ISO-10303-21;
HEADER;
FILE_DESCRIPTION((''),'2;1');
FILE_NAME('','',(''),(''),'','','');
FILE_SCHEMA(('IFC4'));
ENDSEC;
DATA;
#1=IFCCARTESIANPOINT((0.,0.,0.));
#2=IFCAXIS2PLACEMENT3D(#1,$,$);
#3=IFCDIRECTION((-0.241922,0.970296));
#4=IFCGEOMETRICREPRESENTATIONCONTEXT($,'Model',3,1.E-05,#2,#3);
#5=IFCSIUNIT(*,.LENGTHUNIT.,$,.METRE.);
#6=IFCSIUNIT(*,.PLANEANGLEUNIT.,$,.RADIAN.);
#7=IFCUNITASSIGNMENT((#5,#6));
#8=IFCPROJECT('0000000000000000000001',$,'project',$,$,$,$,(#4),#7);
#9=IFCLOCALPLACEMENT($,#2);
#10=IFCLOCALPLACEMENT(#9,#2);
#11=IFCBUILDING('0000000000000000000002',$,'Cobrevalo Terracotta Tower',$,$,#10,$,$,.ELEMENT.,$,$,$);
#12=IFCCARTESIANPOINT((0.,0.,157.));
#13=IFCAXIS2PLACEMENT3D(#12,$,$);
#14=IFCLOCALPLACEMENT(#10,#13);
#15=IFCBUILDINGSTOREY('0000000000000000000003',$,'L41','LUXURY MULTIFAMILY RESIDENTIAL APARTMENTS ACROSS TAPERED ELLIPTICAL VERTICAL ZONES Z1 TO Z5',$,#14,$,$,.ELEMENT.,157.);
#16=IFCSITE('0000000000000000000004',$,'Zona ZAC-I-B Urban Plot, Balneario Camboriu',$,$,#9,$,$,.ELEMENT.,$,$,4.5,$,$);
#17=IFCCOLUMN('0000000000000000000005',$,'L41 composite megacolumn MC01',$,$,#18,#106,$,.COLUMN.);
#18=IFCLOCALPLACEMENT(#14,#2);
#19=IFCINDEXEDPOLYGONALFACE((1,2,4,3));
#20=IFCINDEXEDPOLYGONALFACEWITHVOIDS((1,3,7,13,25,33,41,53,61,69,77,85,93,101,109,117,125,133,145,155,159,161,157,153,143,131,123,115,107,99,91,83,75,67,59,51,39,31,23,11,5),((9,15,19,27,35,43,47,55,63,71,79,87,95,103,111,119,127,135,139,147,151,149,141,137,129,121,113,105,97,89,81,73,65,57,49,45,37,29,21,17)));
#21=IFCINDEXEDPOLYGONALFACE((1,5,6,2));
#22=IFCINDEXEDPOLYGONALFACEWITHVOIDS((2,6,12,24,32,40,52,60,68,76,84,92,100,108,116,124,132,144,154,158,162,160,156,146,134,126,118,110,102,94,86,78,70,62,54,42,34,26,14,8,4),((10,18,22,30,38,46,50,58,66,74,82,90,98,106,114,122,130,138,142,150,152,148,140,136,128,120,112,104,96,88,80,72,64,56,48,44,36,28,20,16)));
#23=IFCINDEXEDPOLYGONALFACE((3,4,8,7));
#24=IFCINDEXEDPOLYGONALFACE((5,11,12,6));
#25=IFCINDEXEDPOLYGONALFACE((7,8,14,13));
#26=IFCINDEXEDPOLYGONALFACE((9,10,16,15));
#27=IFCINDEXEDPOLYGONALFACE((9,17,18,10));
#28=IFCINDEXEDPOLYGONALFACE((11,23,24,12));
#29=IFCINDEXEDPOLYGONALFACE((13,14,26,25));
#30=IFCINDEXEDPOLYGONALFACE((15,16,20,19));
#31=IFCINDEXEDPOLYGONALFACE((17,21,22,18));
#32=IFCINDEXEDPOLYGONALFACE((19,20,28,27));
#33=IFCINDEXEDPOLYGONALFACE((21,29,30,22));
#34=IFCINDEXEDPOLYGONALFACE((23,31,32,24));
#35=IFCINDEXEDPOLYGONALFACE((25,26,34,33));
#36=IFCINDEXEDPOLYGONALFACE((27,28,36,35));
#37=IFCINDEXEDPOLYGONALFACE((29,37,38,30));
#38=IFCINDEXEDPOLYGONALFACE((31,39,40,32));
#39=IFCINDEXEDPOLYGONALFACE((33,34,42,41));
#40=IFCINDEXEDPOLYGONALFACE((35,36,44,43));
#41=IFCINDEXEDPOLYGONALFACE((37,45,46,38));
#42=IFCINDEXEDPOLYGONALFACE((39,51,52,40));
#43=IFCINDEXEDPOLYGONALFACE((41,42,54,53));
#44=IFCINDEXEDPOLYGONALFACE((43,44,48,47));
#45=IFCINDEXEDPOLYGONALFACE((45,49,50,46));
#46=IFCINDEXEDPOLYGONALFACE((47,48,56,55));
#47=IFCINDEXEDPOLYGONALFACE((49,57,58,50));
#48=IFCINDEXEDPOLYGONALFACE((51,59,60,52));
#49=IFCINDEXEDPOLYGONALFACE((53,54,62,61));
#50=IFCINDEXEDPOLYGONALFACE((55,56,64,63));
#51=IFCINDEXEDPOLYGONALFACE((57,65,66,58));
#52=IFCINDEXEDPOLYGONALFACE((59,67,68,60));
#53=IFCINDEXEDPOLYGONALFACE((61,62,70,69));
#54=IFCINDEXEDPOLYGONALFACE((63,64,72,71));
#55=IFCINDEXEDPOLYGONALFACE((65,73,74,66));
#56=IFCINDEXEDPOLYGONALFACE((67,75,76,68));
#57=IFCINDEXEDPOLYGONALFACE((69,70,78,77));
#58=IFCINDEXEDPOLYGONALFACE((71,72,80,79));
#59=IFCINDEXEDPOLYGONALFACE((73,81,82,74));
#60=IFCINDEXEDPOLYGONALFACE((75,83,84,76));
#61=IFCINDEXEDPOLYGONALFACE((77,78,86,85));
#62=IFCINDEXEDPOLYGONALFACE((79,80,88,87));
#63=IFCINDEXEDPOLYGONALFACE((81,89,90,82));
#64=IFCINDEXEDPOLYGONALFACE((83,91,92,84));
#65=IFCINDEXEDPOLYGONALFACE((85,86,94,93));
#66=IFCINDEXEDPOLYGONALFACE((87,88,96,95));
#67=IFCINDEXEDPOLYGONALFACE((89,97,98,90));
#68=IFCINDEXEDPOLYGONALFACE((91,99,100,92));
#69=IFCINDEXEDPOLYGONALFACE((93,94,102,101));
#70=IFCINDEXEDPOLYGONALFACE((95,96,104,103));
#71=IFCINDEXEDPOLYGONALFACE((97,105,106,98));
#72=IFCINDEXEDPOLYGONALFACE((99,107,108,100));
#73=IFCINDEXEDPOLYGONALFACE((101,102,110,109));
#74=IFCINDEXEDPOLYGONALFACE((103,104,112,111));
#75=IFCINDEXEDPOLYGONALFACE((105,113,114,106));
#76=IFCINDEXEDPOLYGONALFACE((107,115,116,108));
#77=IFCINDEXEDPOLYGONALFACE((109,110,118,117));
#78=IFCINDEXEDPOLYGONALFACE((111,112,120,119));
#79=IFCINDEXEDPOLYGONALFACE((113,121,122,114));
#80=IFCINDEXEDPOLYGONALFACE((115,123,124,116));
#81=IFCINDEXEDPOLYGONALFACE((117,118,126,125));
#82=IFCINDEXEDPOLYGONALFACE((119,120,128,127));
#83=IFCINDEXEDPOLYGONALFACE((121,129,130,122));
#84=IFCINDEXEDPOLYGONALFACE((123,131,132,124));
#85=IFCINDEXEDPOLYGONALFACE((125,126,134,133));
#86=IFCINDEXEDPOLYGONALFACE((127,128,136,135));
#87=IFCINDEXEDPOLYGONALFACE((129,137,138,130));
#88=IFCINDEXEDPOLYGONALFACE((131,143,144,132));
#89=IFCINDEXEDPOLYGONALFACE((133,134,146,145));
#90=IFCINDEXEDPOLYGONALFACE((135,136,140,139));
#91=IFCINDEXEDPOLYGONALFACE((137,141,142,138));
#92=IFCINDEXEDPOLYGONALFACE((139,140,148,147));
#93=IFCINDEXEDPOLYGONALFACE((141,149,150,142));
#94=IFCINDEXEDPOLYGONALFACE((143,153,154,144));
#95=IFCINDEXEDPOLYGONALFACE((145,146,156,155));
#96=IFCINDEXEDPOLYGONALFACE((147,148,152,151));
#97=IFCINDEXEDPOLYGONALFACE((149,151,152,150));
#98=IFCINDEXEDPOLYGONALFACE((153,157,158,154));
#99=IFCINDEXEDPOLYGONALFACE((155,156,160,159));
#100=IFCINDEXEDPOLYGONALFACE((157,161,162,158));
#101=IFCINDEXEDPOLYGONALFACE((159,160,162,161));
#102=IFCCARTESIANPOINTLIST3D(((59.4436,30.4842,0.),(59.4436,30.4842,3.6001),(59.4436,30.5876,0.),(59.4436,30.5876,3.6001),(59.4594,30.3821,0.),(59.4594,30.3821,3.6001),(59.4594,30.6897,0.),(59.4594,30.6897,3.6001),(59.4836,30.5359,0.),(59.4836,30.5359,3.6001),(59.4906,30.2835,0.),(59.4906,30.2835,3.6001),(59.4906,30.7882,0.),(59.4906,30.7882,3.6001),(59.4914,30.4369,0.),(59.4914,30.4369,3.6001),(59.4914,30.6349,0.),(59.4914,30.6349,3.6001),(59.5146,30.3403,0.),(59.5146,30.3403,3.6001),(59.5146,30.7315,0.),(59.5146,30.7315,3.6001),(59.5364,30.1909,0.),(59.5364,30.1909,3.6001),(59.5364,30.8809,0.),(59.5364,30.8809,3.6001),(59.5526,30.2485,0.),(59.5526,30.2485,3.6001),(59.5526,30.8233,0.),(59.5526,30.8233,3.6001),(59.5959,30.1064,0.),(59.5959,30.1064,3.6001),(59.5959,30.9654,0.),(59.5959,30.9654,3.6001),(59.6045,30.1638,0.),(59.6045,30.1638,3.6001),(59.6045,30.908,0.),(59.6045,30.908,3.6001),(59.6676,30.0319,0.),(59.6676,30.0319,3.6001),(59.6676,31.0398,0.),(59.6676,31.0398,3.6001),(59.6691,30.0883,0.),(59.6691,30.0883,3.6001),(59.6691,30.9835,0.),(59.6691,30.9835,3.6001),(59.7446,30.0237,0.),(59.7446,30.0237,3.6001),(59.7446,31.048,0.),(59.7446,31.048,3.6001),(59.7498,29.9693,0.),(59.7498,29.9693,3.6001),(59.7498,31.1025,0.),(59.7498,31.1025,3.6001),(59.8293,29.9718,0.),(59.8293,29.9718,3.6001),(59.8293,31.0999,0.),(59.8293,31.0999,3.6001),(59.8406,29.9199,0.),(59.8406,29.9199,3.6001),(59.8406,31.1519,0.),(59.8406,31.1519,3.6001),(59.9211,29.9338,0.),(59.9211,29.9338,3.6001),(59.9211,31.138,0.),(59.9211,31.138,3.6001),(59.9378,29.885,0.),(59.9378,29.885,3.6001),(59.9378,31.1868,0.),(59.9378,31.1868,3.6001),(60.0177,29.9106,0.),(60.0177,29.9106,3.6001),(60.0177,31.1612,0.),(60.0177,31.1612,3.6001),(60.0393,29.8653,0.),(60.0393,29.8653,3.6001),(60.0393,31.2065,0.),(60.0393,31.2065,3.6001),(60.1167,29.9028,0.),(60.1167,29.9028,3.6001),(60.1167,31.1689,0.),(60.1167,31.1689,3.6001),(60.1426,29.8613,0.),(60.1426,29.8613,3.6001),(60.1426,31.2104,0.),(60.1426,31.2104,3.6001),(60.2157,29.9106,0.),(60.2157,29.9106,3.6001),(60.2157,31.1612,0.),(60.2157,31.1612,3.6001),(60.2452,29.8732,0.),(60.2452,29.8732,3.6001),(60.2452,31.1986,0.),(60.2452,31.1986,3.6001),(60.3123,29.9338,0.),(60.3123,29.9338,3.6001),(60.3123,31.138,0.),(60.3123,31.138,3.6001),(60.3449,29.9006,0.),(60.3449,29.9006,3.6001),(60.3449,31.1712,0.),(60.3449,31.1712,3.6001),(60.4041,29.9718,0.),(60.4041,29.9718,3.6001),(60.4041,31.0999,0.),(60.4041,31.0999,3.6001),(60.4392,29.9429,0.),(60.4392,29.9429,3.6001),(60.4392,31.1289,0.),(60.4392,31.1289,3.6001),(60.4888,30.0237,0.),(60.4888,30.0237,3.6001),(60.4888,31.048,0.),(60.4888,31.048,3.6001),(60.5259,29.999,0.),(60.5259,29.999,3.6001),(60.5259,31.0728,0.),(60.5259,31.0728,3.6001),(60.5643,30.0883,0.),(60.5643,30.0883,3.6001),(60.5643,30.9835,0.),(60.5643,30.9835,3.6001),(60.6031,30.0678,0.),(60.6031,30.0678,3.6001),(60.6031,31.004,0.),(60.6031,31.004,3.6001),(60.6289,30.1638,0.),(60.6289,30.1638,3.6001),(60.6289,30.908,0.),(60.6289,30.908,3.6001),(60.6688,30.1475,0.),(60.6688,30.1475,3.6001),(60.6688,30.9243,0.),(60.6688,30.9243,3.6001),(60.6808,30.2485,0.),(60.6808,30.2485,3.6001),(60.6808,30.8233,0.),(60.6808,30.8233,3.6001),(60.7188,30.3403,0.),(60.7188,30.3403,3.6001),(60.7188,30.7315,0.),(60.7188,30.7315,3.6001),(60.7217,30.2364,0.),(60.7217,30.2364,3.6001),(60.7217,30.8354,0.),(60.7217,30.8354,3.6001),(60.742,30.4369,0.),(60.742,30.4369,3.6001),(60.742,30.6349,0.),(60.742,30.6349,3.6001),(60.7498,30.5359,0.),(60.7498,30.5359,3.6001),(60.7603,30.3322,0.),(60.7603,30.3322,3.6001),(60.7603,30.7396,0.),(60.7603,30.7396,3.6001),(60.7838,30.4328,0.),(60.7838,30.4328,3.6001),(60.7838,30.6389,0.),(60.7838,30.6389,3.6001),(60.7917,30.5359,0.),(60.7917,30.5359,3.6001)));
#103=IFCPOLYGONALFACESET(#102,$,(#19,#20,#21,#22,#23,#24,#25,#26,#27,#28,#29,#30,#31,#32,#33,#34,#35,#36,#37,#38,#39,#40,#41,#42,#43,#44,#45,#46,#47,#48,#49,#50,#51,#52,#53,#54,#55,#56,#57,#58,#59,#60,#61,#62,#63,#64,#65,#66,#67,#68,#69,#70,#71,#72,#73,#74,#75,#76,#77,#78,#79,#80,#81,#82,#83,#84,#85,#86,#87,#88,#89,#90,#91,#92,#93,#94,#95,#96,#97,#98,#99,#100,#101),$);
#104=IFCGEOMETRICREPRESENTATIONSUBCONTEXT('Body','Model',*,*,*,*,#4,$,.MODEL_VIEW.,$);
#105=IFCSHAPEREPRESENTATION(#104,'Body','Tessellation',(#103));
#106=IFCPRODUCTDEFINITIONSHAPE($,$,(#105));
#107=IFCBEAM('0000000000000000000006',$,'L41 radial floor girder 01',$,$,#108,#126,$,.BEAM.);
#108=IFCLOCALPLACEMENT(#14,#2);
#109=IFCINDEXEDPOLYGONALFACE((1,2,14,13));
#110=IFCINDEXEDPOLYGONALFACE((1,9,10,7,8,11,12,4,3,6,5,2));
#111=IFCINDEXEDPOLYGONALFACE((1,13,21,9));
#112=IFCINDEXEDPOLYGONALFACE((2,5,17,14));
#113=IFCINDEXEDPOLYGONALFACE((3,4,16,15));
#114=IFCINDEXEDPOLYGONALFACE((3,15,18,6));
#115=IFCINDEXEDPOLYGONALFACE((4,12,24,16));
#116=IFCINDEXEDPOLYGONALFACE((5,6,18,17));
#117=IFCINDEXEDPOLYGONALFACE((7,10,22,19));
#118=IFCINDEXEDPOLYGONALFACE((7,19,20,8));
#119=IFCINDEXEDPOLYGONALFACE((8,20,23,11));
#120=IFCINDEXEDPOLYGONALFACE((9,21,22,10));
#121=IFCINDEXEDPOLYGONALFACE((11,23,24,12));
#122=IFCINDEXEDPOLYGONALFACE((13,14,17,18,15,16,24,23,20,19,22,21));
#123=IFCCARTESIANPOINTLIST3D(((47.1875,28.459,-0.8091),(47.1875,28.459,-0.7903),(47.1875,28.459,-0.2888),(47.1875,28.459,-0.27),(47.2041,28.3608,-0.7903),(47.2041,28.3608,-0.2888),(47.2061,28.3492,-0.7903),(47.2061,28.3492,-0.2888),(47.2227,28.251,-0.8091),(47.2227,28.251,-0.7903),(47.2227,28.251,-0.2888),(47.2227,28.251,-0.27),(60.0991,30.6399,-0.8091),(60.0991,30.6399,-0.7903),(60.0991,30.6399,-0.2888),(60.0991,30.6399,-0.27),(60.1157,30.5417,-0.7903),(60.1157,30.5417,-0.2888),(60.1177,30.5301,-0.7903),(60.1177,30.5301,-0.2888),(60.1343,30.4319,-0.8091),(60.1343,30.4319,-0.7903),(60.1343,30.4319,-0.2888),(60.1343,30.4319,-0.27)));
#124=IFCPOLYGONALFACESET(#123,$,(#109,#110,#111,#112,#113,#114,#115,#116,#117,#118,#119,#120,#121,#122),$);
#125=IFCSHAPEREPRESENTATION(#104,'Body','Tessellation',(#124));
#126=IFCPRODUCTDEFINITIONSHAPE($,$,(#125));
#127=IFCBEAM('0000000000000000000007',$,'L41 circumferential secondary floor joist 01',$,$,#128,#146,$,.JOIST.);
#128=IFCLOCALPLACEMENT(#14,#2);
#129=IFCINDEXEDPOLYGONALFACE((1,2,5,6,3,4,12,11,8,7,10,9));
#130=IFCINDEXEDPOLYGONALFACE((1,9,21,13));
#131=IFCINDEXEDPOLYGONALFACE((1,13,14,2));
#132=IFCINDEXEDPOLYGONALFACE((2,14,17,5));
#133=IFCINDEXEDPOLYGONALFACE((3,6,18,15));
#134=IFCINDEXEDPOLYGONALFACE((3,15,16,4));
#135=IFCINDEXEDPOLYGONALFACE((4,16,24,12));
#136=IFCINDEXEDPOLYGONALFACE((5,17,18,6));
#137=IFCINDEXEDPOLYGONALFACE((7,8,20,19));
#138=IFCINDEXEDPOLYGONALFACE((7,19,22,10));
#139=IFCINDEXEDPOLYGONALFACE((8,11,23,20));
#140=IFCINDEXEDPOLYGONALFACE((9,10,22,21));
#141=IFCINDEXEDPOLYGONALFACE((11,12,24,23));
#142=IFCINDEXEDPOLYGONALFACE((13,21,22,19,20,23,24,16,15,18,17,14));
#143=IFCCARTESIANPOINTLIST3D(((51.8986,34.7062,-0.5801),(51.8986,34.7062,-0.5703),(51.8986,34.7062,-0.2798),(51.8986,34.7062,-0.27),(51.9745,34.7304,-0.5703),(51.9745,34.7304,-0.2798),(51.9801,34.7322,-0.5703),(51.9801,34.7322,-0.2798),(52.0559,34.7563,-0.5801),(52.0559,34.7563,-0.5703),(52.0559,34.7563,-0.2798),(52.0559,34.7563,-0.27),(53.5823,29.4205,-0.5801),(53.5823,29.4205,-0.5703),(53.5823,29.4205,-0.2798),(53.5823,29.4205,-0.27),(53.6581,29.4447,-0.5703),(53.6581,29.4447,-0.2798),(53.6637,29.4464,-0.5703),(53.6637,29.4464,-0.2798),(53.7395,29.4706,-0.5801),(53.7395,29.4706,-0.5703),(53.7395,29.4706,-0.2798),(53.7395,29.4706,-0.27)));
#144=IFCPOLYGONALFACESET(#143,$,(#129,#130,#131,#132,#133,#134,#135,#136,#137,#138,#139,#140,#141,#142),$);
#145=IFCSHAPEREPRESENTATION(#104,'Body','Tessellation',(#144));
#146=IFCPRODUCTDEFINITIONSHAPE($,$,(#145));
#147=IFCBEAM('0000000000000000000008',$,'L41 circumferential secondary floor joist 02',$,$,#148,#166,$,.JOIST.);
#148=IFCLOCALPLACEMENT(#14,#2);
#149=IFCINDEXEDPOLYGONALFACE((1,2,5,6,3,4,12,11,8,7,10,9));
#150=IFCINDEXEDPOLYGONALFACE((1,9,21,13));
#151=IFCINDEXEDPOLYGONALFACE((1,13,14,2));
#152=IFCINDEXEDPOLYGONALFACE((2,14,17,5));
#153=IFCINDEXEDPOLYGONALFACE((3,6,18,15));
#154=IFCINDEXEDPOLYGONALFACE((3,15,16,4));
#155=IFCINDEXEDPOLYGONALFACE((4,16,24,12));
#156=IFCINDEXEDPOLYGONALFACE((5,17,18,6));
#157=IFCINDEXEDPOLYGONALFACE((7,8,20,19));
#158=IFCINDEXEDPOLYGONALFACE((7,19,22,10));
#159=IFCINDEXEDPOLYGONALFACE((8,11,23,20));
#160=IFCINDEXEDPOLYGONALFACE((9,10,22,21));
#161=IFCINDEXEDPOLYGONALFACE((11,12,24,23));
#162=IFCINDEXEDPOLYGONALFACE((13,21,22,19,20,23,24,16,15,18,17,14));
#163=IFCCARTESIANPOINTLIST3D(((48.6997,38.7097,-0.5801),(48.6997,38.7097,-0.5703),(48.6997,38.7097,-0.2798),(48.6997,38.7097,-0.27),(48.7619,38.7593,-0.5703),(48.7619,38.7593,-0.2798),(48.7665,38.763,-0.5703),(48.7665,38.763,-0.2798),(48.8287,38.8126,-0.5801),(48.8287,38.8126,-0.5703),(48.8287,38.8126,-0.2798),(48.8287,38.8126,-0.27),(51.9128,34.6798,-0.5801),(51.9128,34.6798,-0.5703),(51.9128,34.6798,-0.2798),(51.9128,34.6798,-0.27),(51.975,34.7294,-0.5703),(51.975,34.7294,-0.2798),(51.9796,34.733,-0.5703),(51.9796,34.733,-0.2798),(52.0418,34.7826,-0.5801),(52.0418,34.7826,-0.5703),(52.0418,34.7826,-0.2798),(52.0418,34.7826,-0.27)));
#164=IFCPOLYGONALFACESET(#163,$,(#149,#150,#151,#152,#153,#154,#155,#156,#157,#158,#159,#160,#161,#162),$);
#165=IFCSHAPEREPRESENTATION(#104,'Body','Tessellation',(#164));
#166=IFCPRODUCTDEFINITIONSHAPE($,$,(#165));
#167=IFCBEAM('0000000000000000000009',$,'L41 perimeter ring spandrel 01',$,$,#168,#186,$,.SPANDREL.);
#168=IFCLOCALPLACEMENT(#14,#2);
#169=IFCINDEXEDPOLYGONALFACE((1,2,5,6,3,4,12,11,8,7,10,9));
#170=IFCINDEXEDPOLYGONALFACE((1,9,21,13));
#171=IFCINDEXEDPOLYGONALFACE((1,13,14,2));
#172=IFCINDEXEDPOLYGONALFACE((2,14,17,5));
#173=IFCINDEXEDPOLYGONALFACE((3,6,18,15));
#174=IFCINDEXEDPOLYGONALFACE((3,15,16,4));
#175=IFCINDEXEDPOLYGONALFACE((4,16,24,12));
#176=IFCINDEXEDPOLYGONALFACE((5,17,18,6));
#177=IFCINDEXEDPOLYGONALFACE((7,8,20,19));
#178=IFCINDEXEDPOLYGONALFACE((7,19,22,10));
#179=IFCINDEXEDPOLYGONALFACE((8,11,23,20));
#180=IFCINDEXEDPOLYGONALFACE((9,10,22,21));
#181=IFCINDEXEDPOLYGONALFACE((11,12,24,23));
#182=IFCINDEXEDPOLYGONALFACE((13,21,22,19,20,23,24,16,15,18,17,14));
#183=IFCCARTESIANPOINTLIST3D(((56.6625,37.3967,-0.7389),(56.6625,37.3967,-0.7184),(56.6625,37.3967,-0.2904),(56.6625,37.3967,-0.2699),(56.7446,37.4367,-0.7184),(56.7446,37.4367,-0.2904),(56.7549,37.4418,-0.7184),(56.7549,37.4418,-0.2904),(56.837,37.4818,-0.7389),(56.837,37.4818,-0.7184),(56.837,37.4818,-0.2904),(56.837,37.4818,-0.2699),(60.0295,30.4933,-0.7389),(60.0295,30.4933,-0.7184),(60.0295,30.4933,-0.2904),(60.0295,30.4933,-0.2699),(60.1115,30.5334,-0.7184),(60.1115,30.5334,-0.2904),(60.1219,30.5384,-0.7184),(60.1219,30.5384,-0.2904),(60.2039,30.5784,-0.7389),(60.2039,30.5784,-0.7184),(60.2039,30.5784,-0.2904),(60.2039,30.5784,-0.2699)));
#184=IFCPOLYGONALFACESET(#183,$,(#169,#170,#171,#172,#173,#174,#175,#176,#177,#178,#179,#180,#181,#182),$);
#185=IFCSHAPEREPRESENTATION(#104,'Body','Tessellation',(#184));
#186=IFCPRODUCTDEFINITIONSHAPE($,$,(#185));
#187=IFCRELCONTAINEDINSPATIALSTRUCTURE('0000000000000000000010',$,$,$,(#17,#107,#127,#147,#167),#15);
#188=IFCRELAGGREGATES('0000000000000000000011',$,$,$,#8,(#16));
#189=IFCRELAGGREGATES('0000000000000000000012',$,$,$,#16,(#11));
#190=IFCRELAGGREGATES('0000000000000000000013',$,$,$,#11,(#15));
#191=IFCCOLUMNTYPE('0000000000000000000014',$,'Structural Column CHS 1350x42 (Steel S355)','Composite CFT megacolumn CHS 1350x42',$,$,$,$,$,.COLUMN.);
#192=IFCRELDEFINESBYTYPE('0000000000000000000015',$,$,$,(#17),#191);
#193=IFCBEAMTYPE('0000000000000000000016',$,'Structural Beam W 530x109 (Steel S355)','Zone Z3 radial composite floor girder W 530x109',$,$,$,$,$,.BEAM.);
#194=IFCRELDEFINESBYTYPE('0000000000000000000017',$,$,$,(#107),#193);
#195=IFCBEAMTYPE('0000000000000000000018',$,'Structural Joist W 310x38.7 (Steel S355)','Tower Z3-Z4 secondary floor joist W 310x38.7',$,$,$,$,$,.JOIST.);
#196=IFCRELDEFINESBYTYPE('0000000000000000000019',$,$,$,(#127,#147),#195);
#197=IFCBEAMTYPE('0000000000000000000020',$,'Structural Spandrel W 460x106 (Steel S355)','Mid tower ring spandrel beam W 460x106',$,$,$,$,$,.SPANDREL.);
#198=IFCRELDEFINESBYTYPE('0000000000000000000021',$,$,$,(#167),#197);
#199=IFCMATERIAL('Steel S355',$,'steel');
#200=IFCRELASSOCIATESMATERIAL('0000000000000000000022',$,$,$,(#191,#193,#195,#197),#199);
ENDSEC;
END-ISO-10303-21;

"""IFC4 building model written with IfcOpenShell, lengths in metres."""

from ifc_helpers import new_model, si_unit, direction, frame, origin, origin_2d, place, context, subcontext, project, spatial, hollow_circle, i_section, extrude, material, material_profile, profile_set, type_object, element, save


model = new_model("IFC4")

# Units and contexts
model_context = context("Model", 3, precision=1e-05, world=origin(), true_north=direction((-0.241922, 0.970296)))
body_context = subcontext(model_context, "Body", "Model", "MODEL_VIEW")
ifc_project = project(units=[si_unit("LENGTHUNIT", "METRE"), si_unit("PLANEANGLEUNIT", "RADIAN")], contexts=[model_context])

# Site, building, storey
site_placement = place(None, origin())
site = spatial("IfcSite", under=ifc_project, at=site_placement, Name="Zona ZAC-I-B Urban Plot, Balneario Camboriu", CompositionType="ELEMENT", RefElevation=4.5)
building_placement = place(site_placement, origin())
building = spatial("IfcBuilding", under=site, at=building_placement, Name="Cobrevalo Terracotta Tower", CompositionType="ELEMENT")
storey_placement = place(building_placement, frame((0.0, 0.0, 157.0)))
storey = spatial("IfcBuildingStorey", under=building, at=storey_placement, Name="L41", Description="LUXURY MULTIFAMILY RESIDENTIAL APARTMENTS ACROSS TAPERED ELLIPTICAL VERTICAL ZONES Z1 TO Z5", CompositionType="ELEMENT", Elevation=157.0)

# Column
ifc_material_1 = material(Name="Steel S355", Category="steel")
ifc_material_profile_1 = material_profile(ifc_material_1, hollow_circle(Radius=0.675, WallThickness=0.042, at=origin_2d()), Name="CHS 1350x42")
ifc_profile_set_1 = profile_set([ifc_material_profile_1], Name="Steel S355")
column_type = type_object("IfcColumnType", Name="Structural Column CHS 1350x42 (Steel S355)", Description="Composite CFT megacolumn CHS 1350x42", PredefinedType="COLUMN", material=ifc_profile_set_1)
column_placement = place(storey_placement, frame((60.1167, 30.5359, 0.0), z_axis=(0.0, 0.0, 1.0), x_axis=(1.0, 0.0, 0.0)))
element("IfcColumn", 1, at=column_placement, inside=storey, type_object=column_type, Name="L41 composite megacolumn MC01", PredefinedType="COLUMN", context=body_context, shape_type="SweptSolid", body=[
    extrude(hollow_circle(Radius=0.675, WallThickness=0.042, at=origin_2d()), origin(), (0.0, 0.0, 1.0), 3.6001),
])

# Beams
ifc_material_profile_2 = material_profile(ifc_material_1, i_section(OverallWidth=0.2109, OverallDepth=0.5391, WebThickness=0.0117, FlangeThickness=0.0188, at=origin_2d()), Name="W 530x109")
ifc_profile_set_2 = profile_set([ifc_material_profile_2], Name="Steel S355")
beam_type_1 = type_object("IfcBeamType", Name="Structural Beam W 530x109 (Steel S355)", Description="Zone Z3 radial composite floor girder W 530x109", PredefinedType="BEAM", material=ifc_profile_set_2)
beam_1_placement = place(storey_placement, frame((60.1167, 30.5359, -0.5396), z_axis=(-0.986033, -0.166551, 0.0), x_axis=(0.166551, -0.986033, 0.0)))
element("IfcBeam", 2, at=beam_1_placement, inside=storey, type_object=beam_type_1, Name="L41 radial floor girder 01", PredefinedType="BEAM", context=body_context, shape_type="SweptSolid", body=[
    extrude(i_section(OverallWidth=0.2109, OverallDepth=0.5391, WebThickness=0.0117, FlangeThickness=0.0188, at=origin_2d()), origin(), (0.0, 0.0, 1.0), 13.0945),
])
ifc_material_profile_3 = material_profile(ifc_material_1, i_section(OverallWidth=0.165, OverallDepth=0.3101, WebThickness=0.0059, FlangeThickness=0.0098, at=origin_2d()), Name="W 310x38.7")
ifc_profile_set_3 = profile_set([ifc_material_profile_3], Name="Steel S355")
beam_type_2 = type_object("IfcBeamType", Name="Structural Joist W 310x38.7 (Steel S355)", Description="Tower Z3-Z4 secondary floor joist W 310x38.7", PredefinedType="JOIST", material=ifc_profile_set_3)
beam_2_placement = place(storey_placement, frame((53.6609, 29.4456, -0.425), z_axis=(-0.303498, 0.952832, 0.0), x_axis=(-0.952832, -0.303498, 0.0)))
element("IfcBeam", 3, at=beam_2_placement, inside=storey, type_object=beam_type_2, Name="L41 circumferential secondary floor joist 01", PredefinedType="JOIST", context=body_context, shape_type="SweptSolid", body=[
    extrude(i_section(OverallWidth=0.165, OverallDepth=0.3101, WebThickness=0.0059, FlangeThickness=0.0098, at=origin_2d()), origin(), (0.0, 0.0, 1.0), 5.5474),
])
beam_3_placement = place(storey_placement, frame((51.9773, 34.7312, -0.425), z_axis=(-0.623406, 0.781898, 0.0), x_axis=(-0.781898, -0.623406, 0.0)))
element("IfcBeam", 4, at=beam_3_placement, inside=storey, type_object=beam_type_2, Name="L41 circumferential secondary floor joist 02", PredefinedType="JOIST", context=body_context, shape_type="SweptSolid", body=[
    extrude(i_section(OverallWidth=0.165, OverallDepth=0.3101, WebThickness=0.0059, FlangeThickness=0.0098, at=origin_2d()), origin(), (0.0, 0.0, 1.0), 5.1541),
])
ifc_material_profile_4 = material_profile(ifc_material_1, i_section(OverallWidth=0.1941, OverallDepth=0.469, WebThickness=0.0115, FlangeThickness=0.0205, at=origin_2d()), Name="W 460x106")
ifc_profile_set_4 = profile_set([ifc_material_profile_4], Name="Steel S355")
beam_type_3 = type_object("IfcBeamType", Name="Structural Spandrel W 460x106 (Steel S355)", Description="Mid tower ring spandrel beam W 460x106", PredefinedType="SPANDREL", material=ifc_profile_set_4)
beam_4_placement = place(storey_placement, frame((60.1167, 30.5359, -0.5044), z_axis=(-0.438368, 0.898796, 0.0), x_axis=(-0.898796, -0.438368, 0.0)))
element("IfcBeam", 5, at=beam_4_placement, inside=storey, type_object=beam_type_3, Name="L41 perimeter ring spandrel 01", PredefinedType="SPANDREL", context=body_context, shape_type="SweptSolid", body=[
    extrude(i_section(OverallWidth=0.1941, OverallDepth=0.469, WebThickness=0.0115, FlangeThickness=0.0205, at=origin_2d()), origin(), (0.0, 0.0, 1.0), 7.6807),
])

save(model, "model.ifc")
